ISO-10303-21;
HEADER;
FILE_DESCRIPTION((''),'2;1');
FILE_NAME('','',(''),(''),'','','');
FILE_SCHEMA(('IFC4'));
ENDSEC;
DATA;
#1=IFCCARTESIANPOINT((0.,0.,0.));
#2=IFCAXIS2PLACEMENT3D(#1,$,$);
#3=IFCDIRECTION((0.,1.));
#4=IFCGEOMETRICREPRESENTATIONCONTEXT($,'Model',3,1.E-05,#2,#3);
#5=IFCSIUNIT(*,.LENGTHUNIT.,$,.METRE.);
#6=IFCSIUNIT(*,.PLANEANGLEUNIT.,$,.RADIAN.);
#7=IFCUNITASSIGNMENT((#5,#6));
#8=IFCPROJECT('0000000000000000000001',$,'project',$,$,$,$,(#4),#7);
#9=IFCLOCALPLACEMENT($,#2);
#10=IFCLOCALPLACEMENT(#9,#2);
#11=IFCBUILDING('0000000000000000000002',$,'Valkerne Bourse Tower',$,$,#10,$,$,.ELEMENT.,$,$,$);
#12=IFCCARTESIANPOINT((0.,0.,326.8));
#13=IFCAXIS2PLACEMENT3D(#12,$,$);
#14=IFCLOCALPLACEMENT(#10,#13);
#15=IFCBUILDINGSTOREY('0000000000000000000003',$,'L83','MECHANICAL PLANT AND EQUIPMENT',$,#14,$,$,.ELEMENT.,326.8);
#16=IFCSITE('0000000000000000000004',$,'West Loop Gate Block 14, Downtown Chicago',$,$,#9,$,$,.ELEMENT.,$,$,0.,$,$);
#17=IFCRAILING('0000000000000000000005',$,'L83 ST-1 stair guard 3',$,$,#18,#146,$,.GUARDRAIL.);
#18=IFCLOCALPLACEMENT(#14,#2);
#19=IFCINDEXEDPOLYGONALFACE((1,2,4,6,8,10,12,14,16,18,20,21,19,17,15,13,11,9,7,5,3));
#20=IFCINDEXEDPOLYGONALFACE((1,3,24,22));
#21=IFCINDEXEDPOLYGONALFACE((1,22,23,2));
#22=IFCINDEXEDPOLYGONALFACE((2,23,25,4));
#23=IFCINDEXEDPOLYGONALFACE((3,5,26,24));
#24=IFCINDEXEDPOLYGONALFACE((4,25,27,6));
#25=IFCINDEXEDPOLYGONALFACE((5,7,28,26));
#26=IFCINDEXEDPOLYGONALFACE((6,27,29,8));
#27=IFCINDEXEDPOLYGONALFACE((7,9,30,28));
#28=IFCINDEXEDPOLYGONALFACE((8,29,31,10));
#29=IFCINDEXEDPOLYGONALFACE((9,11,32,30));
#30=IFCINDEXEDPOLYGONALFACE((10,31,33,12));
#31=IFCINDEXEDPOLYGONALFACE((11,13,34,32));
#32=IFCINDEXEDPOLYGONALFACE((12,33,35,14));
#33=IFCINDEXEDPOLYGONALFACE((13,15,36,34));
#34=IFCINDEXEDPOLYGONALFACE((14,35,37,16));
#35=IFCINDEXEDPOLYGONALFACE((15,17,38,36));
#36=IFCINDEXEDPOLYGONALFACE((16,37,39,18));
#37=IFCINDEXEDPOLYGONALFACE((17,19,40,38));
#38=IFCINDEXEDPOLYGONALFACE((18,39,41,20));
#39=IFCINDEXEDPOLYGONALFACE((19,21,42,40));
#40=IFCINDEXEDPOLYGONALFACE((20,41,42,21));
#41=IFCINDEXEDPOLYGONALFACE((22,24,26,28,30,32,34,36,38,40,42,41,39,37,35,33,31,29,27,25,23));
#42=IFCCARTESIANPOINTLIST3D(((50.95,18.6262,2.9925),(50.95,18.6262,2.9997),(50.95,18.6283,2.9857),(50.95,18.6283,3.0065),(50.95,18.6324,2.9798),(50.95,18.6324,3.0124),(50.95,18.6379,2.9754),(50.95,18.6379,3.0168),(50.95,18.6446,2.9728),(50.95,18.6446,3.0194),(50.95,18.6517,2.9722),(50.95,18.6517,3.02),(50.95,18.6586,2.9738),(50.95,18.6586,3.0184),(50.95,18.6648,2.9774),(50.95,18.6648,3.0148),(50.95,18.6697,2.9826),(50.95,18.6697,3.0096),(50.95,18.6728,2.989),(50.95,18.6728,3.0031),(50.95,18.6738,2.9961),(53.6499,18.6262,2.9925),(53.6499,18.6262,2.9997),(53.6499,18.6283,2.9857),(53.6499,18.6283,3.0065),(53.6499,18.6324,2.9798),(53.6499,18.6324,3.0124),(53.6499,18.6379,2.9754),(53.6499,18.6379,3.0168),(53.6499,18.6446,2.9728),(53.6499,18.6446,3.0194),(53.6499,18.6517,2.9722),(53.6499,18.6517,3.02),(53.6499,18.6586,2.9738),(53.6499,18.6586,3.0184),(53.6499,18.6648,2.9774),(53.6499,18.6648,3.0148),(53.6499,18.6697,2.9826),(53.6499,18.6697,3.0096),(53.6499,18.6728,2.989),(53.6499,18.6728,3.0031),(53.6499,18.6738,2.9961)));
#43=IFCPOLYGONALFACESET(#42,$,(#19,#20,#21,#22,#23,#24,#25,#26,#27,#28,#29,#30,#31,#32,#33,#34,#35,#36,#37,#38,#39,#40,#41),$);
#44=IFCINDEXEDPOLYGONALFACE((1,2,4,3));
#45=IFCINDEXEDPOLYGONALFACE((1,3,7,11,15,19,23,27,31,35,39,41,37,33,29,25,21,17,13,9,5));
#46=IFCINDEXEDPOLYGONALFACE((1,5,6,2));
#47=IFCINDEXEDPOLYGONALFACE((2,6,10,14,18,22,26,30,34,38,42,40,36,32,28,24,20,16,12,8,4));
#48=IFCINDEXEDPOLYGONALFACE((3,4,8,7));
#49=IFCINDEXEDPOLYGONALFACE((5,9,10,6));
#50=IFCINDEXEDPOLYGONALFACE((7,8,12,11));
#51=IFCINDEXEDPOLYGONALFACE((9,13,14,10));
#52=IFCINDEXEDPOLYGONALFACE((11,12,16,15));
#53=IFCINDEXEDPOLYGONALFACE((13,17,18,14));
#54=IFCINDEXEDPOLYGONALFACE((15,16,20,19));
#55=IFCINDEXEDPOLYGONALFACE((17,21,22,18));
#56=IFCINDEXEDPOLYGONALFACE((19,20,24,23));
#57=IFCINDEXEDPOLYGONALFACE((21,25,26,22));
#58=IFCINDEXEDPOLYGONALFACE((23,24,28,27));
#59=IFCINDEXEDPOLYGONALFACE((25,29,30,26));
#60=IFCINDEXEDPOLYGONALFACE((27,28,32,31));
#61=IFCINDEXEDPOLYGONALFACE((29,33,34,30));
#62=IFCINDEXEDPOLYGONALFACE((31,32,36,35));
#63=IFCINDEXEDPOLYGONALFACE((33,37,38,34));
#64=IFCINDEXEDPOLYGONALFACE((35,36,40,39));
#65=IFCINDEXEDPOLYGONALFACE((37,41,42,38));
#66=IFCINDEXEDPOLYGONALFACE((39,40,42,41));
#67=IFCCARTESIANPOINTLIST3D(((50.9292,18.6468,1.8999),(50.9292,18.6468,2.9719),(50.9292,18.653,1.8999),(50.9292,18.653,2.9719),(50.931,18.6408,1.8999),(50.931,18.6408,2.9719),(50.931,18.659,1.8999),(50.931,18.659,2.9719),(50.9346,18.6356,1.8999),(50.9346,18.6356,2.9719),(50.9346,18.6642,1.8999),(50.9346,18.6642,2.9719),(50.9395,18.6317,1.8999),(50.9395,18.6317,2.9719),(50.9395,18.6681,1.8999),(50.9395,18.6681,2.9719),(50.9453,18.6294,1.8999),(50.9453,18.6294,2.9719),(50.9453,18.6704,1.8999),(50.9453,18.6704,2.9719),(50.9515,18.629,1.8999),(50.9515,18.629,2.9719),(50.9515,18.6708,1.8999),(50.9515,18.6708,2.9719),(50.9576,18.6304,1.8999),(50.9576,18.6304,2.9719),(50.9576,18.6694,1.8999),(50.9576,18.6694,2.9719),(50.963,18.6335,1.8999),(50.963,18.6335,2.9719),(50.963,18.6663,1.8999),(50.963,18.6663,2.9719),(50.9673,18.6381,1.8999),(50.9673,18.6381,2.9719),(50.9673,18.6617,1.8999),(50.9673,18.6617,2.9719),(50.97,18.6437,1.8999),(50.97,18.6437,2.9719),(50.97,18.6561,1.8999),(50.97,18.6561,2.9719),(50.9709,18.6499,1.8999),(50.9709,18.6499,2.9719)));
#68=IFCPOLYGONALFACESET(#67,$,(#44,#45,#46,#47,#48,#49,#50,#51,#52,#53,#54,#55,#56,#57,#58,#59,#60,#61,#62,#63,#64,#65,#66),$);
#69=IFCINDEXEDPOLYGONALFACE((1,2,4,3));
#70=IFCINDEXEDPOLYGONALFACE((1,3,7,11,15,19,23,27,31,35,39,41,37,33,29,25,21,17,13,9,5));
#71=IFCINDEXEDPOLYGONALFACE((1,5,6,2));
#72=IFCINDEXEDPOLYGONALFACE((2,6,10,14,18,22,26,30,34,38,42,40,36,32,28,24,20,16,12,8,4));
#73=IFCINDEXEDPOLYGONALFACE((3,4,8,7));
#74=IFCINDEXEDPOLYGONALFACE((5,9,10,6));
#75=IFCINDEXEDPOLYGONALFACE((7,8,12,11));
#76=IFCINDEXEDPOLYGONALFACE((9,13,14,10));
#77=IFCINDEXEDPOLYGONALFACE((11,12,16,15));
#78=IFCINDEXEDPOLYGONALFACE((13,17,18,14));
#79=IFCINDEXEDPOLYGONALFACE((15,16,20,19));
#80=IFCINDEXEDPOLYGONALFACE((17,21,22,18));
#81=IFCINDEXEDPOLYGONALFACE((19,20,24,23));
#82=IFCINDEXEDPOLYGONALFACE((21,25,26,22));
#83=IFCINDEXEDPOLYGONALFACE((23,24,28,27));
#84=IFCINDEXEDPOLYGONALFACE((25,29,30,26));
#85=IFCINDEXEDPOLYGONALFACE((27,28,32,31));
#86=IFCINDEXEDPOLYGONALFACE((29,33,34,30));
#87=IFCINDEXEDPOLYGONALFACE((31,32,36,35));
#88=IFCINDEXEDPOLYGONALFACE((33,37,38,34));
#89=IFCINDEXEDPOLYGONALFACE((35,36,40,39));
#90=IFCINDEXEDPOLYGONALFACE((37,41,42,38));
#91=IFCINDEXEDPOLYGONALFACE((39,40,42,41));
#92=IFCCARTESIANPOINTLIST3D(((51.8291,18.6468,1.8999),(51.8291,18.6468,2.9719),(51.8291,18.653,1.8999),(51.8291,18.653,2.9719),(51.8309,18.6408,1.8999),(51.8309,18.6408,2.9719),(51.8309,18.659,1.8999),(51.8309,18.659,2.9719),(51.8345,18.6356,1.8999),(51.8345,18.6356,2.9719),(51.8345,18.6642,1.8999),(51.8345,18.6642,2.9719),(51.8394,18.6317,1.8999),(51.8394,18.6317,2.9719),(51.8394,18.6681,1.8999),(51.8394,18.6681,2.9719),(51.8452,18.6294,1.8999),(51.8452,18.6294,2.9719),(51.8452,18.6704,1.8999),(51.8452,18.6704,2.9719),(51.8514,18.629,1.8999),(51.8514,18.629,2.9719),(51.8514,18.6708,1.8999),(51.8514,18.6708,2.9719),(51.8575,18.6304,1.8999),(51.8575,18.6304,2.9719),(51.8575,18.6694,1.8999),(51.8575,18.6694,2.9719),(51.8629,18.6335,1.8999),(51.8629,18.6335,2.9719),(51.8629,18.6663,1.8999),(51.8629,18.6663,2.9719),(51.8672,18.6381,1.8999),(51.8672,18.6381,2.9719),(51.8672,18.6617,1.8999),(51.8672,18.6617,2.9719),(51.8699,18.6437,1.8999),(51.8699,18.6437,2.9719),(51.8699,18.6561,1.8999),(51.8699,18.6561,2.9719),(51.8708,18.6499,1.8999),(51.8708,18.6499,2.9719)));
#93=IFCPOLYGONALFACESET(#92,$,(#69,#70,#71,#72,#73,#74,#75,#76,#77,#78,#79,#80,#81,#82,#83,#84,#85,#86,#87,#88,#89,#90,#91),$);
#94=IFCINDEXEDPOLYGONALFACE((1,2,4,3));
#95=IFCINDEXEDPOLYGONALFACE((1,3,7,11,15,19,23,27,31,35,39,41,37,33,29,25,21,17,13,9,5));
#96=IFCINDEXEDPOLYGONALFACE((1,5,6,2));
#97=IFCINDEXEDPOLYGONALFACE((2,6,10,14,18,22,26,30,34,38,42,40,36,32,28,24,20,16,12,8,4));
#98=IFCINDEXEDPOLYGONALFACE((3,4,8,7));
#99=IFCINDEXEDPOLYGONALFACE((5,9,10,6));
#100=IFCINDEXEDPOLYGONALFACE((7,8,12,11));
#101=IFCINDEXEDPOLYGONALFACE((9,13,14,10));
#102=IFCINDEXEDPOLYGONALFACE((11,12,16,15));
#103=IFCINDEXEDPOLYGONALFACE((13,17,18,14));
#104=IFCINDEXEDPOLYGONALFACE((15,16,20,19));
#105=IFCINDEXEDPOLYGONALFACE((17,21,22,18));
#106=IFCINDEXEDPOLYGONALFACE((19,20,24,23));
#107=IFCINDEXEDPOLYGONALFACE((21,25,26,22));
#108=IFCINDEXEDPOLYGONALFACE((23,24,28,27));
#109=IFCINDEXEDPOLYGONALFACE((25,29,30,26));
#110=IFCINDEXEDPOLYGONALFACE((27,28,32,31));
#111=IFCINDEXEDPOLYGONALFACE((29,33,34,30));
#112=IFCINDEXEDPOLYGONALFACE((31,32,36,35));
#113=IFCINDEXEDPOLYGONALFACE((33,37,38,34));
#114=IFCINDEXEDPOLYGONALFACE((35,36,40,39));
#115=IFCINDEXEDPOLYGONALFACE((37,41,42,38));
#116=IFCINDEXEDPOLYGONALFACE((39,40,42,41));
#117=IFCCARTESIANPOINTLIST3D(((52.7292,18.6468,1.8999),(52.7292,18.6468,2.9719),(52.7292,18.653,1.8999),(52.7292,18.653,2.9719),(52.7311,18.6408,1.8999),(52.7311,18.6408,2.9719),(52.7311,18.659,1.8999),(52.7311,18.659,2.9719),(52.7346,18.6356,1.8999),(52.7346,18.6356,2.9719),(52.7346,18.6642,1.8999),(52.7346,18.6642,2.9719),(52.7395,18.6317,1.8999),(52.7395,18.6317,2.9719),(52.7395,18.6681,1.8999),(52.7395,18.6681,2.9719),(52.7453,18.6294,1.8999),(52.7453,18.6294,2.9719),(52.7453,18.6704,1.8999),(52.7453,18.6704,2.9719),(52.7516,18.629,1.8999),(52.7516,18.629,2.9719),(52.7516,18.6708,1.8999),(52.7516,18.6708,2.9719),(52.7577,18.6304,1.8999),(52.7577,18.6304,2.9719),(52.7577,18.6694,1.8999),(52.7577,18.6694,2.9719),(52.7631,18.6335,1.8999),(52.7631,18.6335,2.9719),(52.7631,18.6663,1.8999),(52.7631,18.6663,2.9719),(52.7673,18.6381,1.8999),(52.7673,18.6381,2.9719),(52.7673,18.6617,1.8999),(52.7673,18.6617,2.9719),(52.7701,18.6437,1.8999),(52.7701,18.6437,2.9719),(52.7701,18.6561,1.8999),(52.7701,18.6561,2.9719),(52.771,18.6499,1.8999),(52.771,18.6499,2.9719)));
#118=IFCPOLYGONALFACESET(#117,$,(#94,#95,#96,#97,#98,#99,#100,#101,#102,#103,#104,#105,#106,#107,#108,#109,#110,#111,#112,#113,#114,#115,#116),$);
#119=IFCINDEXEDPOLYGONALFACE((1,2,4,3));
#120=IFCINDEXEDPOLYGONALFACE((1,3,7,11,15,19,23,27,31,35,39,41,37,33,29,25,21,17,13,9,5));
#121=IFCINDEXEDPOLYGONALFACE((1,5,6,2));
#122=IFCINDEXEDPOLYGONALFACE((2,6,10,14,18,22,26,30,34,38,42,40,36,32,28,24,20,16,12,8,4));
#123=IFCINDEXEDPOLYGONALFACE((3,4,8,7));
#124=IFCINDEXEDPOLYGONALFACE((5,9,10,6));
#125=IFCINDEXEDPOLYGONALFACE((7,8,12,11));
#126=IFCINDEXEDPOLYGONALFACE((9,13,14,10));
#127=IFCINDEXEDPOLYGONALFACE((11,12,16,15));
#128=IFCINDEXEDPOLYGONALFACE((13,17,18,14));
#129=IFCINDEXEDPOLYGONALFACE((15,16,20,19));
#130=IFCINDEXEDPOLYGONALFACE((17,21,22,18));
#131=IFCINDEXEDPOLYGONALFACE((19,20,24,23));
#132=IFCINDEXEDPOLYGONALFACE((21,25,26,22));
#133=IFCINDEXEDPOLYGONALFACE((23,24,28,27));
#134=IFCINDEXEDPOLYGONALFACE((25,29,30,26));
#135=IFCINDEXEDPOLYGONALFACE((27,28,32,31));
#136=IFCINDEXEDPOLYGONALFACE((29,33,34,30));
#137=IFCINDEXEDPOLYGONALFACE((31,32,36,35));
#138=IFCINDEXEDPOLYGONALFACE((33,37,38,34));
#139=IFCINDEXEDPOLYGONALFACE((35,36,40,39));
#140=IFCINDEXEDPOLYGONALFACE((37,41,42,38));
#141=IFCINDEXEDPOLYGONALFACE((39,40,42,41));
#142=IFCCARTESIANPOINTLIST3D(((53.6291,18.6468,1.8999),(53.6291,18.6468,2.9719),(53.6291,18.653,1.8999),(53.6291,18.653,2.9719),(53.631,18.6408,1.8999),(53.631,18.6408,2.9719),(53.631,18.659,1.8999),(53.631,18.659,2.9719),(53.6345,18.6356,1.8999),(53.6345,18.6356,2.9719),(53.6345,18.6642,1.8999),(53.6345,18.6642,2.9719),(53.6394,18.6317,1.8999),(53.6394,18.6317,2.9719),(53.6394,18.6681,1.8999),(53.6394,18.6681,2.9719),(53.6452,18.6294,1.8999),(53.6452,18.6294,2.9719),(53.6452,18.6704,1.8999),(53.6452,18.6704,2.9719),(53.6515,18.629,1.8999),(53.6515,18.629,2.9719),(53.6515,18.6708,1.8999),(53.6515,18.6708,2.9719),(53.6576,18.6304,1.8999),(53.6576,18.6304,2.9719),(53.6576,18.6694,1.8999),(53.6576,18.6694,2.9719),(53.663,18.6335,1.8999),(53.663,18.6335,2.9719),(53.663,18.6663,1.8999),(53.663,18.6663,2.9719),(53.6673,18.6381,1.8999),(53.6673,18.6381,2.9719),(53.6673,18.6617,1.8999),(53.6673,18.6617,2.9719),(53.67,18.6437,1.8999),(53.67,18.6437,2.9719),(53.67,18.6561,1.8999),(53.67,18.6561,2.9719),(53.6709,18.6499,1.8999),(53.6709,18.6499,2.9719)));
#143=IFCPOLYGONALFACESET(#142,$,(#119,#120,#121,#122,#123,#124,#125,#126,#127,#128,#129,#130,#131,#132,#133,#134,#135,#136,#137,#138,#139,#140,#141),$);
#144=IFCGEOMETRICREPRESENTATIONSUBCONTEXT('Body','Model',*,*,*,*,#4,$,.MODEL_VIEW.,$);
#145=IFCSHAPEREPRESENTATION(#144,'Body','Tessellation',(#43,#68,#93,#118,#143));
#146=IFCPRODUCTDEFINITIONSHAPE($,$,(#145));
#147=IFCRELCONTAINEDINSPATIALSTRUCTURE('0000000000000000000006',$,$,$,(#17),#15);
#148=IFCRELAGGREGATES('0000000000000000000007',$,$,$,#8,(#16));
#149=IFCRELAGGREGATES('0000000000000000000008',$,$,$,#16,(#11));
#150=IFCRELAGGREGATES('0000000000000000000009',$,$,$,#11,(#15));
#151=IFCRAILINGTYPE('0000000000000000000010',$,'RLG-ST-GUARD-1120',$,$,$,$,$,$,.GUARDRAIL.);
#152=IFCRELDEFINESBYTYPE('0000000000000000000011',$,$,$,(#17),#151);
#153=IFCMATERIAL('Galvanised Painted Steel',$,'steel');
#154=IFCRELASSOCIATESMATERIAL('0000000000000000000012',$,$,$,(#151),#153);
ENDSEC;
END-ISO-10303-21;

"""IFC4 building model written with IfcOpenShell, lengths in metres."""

from ifc_helpers import new_model, si_unit, direction, frame, origin, origin_2d, place, context, subcontext, project, spatial, circle, extrude, material, type_object, element, save


model = new_model("IFC4")

# Units and contexts
model_context = context("Model", 3, precision=1e-05, world=origin(), true_north=direction((0.0, 1.0)))
body_context = subcontext(model_context, "Body", "Model", "MODEL_VIEW")
ifc_project = project(units=[si_unit("LENGTHUNIT", "METRE"), si_unit("PLANEANGLEUNIT", "RADIAN")], contexts=[model_context])

# Site, building, storey
site_placement = place(None, origin())
site = spatial("IfcSite", under=ifc_project, at=site_placement, Name="West Loop Gate Block 14, Downtown Chicago", CompositionType="ELEMENT", RefElevation=0.0)
building_placement = place(site_placement, origin())
building = spatial("IfcBuilding", under=site, at=building_placement, Name="Valkerne Bourse Tower", CompositionType="ELEMENT")
storey_placement = place(building_placement, frame((0.0, 0.0, 326.8)))
storey = spatial("IfcBuildingStorey", under=building, at=storey_placement, Name="L83", Description="MECHANICAL PLANT AND EQUIPMENT", CompositionType="ELEMENT", Elevation=326.8)

# Shared definitions
ifc_material_1 = material(Name="Galvanised Painted Steel", Category="steel")

# Railing
railing_type_1 = type_object("IfcRailingType", Name="RLG-ST-GUARD-1120", PredefinedType="GUARDRAIL", material=ifc_material_1)
railing_1_placement = place(storey_placement, frame((50.95, 18.6499, 1.8999)))
element("IfcRailing", 1, at=railing_1_placement, inside=storey, type_object=railing_type_1, Name="L83 ST-1 stair guard 3", PredefinedType="GUARDRAIL", context=body_context, shape_type="SweptSolid", body=[
    extrude(circle(Radius=0.0239, at=origin_2d()), frame((0.0, 0.0, 1.0962), z_axis=(1.0, 0.0, 0.0), x_axis=(0.0, 1.0, 0.0)), (0.0, 0.0, 1.0), 2.7),
    extrude(circle(Radius=0.021, at=origin_2d()), origin(), (0.0, 0.0, 1.0), 1.072),
    extrude(circle(Radius=0.021, at=origin_2d()), frame((0.8999, 0.0, 0.0)), (0.0, 0.0, 1.0), 1.072),
    extrude(circle(Radius=0.021, at=origin_2d()), frame((1.8, 0.0, 0.0)), (0.0, 0.0, 1.0), 1.072),
    extrude(circle(Radius=0.021, at=origin_2d()), frame((2.7, 0.0, 0.0)), (0.0, 0.0, 1.0), 1.072),
])

save(model, "model.ifc")
